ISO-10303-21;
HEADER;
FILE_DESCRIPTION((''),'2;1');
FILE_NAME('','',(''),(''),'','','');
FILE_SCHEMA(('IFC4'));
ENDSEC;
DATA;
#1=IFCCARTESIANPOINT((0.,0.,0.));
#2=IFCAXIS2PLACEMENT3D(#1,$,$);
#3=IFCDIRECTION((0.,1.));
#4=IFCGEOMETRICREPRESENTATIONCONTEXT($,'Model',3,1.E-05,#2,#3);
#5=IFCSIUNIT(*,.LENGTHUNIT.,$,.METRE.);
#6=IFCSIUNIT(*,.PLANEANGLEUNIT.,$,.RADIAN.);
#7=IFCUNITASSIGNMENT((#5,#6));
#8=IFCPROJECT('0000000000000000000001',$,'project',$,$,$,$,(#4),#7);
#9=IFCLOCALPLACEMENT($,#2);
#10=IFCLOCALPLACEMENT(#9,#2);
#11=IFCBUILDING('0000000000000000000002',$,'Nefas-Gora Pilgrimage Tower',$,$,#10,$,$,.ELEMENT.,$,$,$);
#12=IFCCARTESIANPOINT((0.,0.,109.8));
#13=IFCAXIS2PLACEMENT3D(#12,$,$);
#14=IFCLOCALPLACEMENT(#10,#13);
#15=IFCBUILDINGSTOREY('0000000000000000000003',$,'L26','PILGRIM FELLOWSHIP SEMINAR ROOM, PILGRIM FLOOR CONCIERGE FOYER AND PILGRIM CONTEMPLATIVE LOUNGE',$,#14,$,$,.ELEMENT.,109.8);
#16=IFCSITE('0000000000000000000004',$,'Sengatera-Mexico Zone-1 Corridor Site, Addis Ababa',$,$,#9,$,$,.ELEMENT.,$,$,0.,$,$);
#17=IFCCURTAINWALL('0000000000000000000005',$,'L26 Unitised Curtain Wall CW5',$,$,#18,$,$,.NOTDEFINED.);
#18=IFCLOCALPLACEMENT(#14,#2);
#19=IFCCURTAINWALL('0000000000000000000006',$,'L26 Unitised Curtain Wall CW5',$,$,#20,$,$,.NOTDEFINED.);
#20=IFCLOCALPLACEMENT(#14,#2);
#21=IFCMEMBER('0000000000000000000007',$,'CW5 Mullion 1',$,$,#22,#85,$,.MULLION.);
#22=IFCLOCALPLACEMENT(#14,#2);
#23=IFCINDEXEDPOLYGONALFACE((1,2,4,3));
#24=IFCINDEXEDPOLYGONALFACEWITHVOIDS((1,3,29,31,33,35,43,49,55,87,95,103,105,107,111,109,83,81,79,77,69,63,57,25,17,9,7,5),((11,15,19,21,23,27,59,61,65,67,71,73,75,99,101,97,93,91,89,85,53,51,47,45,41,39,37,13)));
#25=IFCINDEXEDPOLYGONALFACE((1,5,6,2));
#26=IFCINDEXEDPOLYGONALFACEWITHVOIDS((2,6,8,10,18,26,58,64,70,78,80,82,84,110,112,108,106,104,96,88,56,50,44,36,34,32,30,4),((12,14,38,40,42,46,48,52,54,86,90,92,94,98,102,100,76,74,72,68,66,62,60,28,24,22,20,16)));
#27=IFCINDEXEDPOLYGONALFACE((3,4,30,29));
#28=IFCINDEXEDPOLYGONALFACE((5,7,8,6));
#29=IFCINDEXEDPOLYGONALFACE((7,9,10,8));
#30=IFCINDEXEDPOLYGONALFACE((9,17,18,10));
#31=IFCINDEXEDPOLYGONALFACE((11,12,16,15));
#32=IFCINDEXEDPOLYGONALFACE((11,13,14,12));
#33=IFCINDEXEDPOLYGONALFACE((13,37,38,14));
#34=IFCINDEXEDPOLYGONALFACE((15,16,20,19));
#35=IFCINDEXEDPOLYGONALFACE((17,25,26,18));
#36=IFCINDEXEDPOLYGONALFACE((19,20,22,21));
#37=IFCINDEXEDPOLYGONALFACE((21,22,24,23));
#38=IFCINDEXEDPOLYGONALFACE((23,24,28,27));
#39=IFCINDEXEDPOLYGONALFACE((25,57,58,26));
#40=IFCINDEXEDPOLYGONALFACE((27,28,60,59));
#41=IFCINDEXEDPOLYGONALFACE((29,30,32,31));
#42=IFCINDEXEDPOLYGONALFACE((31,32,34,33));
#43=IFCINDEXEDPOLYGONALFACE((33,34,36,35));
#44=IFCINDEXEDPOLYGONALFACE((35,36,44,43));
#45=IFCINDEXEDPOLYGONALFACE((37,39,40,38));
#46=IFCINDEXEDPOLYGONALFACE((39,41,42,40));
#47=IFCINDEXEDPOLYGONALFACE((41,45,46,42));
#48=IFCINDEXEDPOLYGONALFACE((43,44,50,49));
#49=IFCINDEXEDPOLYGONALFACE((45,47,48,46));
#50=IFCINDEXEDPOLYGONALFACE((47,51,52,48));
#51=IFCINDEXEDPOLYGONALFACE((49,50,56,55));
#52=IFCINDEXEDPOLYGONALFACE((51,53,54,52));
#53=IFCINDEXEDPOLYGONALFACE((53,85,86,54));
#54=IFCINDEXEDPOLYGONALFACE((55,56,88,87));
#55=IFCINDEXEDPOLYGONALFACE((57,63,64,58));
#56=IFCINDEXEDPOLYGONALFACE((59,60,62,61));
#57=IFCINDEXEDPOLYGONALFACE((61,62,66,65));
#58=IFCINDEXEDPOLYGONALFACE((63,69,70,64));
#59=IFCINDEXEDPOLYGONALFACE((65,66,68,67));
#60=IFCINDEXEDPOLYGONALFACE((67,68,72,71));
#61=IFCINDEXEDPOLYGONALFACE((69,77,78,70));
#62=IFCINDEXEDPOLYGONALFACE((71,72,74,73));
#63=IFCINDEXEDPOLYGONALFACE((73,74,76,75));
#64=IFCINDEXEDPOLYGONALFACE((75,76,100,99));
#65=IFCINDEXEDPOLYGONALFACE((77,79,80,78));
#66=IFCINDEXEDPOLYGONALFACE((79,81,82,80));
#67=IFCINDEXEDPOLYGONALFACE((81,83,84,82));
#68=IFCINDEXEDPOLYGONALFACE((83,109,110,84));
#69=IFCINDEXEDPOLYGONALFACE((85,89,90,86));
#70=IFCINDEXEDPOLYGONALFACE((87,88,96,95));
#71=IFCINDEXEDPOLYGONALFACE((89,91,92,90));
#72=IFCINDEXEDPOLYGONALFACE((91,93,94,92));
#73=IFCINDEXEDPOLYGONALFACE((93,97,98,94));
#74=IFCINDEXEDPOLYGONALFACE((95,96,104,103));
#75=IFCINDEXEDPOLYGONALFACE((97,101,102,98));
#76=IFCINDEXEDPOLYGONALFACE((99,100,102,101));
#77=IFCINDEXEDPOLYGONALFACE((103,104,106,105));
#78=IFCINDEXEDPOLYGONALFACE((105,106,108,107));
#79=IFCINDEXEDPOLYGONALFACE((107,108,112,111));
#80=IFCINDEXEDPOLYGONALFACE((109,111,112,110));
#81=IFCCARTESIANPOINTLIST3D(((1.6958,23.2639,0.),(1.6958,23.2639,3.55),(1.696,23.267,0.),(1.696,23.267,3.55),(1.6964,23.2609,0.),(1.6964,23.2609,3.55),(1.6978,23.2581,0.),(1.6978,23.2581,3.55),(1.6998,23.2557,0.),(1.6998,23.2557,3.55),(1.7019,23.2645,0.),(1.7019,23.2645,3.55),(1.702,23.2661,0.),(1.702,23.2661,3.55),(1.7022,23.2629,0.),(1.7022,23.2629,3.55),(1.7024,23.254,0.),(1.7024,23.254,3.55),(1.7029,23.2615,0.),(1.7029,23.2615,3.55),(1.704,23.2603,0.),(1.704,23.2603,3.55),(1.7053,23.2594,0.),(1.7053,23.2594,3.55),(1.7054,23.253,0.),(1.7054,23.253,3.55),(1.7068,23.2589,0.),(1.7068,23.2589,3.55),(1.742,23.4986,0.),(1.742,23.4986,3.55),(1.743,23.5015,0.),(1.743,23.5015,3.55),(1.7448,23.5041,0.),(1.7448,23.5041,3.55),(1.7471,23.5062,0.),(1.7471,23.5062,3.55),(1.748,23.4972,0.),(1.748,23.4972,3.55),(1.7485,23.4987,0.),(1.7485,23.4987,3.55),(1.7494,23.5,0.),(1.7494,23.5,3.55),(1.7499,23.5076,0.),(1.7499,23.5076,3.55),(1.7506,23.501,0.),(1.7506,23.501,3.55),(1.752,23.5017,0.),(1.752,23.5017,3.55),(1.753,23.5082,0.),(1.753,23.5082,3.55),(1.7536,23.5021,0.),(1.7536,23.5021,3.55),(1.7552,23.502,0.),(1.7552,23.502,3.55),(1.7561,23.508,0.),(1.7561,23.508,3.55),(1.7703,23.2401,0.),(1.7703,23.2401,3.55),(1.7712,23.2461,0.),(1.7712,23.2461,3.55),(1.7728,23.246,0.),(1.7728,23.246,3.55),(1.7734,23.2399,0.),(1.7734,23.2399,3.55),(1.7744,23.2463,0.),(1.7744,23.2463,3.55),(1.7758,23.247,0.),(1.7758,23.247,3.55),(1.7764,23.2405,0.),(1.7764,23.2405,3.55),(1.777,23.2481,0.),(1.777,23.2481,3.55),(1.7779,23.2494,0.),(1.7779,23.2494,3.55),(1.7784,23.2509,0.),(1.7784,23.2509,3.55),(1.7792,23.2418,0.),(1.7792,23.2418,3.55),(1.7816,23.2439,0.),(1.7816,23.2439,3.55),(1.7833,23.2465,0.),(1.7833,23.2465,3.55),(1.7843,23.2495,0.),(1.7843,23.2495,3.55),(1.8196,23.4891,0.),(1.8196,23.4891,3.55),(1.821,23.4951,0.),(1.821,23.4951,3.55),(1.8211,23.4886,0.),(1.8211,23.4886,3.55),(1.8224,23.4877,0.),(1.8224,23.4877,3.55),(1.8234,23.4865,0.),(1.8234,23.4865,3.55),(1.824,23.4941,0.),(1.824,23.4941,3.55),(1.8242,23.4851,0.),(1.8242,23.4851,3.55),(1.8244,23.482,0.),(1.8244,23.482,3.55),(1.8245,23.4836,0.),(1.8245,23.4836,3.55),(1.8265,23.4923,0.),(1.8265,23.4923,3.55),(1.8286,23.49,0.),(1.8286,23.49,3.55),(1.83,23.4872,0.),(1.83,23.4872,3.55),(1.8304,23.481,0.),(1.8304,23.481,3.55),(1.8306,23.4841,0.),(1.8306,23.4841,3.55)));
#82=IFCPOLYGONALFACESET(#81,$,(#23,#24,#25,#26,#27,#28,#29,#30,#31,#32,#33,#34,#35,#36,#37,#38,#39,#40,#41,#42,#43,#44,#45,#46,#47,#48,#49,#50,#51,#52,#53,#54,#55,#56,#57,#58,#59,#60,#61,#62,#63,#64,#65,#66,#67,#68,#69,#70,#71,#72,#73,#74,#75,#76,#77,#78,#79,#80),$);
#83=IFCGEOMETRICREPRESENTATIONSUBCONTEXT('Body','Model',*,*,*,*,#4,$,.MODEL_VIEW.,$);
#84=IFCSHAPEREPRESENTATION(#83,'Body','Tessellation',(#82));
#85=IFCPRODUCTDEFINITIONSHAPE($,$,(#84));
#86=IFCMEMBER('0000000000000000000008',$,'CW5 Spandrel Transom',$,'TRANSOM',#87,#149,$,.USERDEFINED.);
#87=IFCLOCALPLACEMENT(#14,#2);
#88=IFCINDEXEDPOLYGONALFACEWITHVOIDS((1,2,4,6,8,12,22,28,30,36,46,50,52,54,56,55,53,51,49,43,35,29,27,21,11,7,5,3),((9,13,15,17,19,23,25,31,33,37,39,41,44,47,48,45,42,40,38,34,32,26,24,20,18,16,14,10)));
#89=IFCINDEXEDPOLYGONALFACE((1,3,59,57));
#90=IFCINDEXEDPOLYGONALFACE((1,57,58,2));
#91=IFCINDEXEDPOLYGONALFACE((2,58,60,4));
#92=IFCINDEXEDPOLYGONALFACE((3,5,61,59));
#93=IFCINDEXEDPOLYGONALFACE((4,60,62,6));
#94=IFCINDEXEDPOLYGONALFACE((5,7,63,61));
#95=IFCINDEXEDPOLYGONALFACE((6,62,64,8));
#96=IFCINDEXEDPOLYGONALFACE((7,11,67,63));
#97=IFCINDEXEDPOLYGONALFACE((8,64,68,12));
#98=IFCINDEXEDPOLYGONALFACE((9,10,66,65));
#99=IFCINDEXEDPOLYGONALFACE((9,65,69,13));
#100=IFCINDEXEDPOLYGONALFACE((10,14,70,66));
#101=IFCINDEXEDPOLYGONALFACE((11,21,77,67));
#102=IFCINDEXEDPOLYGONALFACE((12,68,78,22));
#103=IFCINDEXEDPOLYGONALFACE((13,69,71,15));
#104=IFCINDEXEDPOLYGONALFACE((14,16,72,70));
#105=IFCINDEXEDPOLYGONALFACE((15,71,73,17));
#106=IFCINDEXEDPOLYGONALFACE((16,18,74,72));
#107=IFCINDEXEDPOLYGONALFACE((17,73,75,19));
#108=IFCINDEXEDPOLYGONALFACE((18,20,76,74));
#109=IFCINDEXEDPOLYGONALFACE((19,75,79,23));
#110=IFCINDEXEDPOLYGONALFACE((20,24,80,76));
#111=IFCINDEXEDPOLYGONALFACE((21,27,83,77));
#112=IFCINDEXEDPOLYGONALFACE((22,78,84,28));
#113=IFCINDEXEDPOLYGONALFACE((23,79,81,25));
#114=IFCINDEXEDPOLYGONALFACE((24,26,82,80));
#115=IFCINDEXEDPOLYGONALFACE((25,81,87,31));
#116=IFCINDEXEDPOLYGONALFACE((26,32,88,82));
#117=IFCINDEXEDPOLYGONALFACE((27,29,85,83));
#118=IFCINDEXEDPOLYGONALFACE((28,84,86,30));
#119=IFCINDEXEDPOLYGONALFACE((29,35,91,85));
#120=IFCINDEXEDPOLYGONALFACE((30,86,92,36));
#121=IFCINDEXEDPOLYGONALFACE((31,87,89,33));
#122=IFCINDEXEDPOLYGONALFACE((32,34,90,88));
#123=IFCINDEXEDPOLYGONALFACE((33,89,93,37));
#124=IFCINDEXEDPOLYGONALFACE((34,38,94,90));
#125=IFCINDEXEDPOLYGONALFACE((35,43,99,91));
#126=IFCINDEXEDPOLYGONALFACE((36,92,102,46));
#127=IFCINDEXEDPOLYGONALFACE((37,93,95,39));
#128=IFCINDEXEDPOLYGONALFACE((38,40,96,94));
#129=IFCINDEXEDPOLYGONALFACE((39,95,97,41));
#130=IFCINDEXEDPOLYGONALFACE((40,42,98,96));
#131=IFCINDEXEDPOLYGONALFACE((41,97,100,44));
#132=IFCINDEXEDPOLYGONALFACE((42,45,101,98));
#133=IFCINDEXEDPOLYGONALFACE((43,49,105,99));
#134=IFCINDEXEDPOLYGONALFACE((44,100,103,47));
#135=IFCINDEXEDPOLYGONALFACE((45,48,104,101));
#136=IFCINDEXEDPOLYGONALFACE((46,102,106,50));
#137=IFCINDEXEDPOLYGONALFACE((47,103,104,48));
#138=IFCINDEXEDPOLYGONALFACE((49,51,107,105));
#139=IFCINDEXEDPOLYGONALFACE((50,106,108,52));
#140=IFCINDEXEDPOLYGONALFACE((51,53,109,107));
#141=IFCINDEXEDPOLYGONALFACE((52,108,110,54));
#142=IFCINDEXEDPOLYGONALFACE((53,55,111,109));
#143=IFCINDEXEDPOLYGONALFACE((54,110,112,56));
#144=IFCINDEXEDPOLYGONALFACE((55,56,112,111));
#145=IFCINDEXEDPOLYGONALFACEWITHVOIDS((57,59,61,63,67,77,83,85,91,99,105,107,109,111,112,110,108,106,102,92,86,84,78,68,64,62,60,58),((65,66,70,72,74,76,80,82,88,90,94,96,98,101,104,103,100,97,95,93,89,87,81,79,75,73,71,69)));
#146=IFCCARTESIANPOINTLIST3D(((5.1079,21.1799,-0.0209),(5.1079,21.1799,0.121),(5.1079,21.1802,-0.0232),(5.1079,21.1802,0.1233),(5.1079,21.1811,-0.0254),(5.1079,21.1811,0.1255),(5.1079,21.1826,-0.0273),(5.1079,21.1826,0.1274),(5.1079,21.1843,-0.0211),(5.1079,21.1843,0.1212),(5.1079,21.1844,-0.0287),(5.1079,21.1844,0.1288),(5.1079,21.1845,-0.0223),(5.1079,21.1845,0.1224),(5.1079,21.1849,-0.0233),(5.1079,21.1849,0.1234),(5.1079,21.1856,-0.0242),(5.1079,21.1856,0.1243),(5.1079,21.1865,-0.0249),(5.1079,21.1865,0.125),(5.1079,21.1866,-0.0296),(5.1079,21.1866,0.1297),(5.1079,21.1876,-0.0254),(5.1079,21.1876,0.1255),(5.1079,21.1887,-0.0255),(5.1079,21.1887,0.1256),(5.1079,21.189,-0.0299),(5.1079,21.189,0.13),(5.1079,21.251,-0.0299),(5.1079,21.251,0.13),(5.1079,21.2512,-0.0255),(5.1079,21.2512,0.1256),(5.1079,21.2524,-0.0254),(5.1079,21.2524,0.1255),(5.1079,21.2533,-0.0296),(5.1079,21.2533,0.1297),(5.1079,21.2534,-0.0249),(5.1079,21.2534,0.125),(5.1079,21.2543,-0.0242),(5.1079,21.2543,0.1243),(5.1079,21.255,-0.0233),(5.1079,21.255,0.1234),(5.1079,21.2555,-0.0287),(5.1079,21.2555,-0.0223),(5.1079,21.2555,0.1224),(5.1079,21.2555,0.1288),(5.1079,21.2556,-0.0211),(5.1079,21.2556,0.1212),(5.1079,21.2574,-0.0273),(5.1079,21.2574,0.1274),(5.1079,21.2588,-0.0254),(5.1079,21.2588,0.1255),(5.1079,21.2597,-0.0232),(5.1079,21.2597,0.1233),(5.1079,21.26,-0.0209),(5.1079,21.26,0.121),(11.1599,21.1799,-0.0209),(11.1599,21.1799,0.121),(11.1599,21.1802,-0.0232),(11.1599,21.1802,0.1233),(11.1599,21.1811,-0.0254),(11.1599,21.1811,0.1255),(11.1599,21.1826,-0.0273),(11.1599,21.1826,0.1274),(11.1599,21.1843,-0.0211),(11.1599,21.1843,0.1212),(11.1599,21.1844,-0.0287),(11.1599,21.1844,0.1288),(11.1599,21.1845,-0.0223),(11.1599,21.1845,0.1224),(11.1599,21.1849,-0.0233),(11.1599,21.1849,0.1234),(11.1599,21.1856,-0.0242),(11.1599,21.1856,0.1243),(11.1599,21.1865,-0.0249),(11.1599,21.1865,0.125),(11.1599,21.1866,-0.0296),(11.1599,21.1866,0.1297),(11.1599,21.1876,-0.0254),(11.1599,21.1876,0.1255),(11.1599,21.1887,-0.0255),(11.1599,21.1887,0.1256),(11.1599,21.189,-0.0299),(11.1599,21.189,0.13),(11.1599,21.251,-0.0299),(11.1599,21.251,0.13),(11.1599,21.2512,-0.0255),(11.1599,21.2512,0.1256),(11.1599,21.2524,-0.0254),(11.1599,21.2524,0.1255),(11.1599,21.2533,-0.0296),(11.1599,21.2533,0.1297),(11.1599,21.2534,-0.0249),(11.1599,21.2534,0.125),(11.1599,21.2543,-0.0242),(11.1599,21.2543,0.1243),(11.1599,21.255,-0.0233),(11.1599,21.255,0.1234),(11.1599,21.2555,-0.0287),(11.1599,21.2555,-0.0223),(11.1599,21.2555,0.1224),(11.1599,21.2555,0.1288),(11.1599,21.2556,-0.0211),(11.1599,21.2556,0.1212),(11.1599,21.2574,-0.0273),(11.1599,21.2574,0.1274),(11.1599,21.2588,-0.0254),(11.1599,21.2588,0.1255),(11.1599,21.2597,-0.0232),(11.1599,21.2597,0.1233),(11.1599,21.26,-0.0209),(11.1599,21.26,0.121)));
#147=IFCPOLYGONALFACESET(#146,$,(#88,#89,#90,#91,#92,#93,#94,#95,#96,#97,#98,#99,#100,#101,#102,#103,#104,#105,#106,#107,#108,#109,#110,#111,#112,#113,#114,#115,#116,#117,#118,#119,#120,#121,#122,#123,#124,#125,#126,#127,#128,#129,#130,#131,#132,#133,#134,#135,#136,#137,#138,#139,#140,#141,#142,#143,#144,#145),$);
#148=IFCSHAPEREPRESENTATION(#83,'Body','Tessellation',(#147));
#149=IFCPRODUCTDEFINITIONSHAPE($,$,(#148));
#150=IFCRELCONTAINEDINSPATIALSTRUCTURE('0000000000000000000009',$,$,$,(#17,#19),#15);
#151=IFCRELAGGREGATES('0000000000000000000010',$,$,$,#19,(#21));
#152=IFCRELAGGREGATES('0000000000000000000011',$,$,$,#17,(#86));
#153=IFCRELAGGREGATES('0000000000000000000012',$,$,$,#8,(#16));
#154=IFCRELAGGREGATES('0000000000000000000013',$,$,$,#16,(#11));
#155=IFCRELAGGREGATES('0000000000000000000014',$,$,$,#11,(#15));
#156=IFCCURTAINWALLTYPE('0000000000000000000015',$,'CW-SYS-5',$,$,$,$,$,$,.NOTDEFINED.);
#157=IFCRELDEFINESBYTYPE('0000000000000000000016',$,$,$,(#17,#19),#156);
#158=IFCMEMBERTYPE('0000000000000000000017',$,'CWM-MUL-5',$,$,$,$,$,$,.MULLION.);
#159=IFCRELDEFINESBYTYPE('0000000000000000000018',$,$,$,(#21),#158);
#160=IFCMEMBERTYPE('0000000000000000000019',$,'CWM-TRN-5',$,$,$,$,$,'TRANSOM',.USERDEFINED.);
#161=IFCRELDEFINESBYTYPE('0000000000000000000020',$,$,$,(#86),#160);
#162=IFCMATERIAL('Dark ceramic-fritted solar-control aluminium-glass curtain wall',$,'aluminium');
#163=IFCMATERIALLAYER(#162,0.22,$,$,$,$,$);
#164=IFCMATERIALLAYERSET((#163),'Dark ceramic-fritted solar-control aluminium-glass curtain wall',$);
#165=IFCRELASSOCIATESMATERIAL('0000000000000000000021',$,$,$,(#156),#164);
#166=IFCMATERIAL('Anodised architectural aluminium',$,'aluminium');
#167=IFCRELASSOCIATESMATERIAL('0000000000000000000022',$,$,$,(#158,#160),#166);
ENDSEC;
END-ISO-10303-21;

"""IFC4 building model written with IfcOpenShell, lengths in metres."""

from ifc_helpers import new_model, si_unit, direction, frame, origin, origin_2d, place, context, subcontext, project, spatial, hollow_rectangle, extrude, source, transform, mapped, material, layer, layer_set, material_profile, profile_set, type_object, element, aggregate, save


model = new_model("IFC4")

# Units and contexts
model_context = context("Model", 3, precision=1e-05, world=origin(), true_north=direction((0.0, 1.0)))
body_context = subcontext(model_context, "Body", "Model", "MODEL_VIEW")
ifc_project = project(units=[si_unit("LENGTHUNIT", "METRE"), si_unit("PLANEANGLEUNIT", "RADIAN")], contexts=[model_context])

# Site, building, storey
site_placement = place(None, origin())
site = spatial("IfcSite", under=ifc_project, at=site_placement, Name="Sengatera-Mexico Zone-1 Corridor Site, Addis Ababa", CompositionType="ELEMENT", RefElevation=0.0)
building_placement = place(site_placement, origin())
building = spatial("IfcBuilding", under=site, at=building_placement, Name="Nefas-Gora Pilgrimage Tower", CompositionType="ELEMENT")
storey_placement = place(building_placement, frame((0.0, 0.0, 109.8)))
storey = spatial("IfcBuildingStorey", under=building, at=storey_placement, Name="L26", Description="PILGRIM FELLOWSHIP SEMINAR ROOM, PILGRIM FLOOR CONCIERGE FOYER AND PILGRIM CONTEMPLATIVE LOUNGE", CompositionType="ELEMENT", Elevation=109.8)

# Curtain wall
ifc_material_1 = material(Name="Dark ceramic-fritted solar-control aluminium-glass curtain wall", Category="aluminium")
ifc_layer_1 = layer(ifc_material_1, 0.22)
ifc_layer_set_1 = layer_set([ifc_layer_1], Name="Dark ceramic-fritted solar-control aluminium-glass curtain wall")
curtain_wall_type_1 = type_object("IfcCurtainWallType", Name="CW-SYS-5", PredefinedType="NOTDEFINED", material=ifc_layer_set_1)
curtain_wall_1_placement = place(storey_placement, origin())
curtain_wall_1 = element("IfcCurtainWall", 1, at=curtain_wall_1_placement, inside=storey, type_object=curtain_wall_type_1, Name="L26 Unitised Curtain Wall CW5", PredefinedType="NOTDEFINED")
ifc_material_2 = material(Name="Anodised architectural aluminium", Category="aluminium")
ifc_material_profile_1 = material_profile(ifc_material_2, hollow_rectangle(XDim=0.0901, YDim=0.26, WallThickness=0.0061, InnerFilletRadius=0.0061, OuterFilletRadius=0.012, at=origin_2d()), Name="ALU MULLION 90x260")
ifc_profile_set_1 = profile_set([ifc_material_profile_1], Name="Anodised architectural aluminium")
member_type_1 = type_object("IfcMemberType", Name="CWM-MUL-5", PredefinedType="MULLION", material=ifc_profile_set_1)
shared_shape_1 = source(origin(), body_context, "Body", "SweptSolid", [
    extrude(hollow_rectangle(XDim=0.0901, YDim=0.26, WallThickness=0.0061, InnerFilletRadius=0.0061, OuterFilletRadius=0.012, at=origin_2d()), origin(), (0.0, 0.0, 1.0), 3.55),
])

# Curtain wall, member
curtain_wall_2_placement = place(storey_placement, origin())
curtain_wall_2 = element("IfcCurtainWall", 2, at=curtain_wall_2_placement, inside=storey, type_object=curtain_wall_type_1, Name="L26 Unitised Curtain Wall CW5", PredefinedType="NOTDEFINED")
member_1_placement = place(storey_placement, frame((1.7632, 23.374, 0.0), z_axis=(0.0, 0.0, 1.0), x_axis=(-0.980783, 0.195102, 0.0)))
member_1 = element("IfcMember", 3, at=member_1_placement, type_object=member_type_1, Name="CW5 Mullion 1", PredefinedType="MULLION", context=body_context, shape_type="MappedRepresentation", body=[
    mapped(shared_shape_1, transform((0.0, 0.0, 0.0), x_axis=(1.0, 0.0, 0.0), y_axis=(0.0, 1.0, 0.0), z_axis=(0.0, 0.0, 1.0), scale=1.0)),
])

# Member
ifc_material_profile_2 = material_profile(ifc_material_2, hollow_rectangle(XDim=0.0801, YDim=0.1599, WallThickness=0.0044, InnerFilletRadius=0.0044, OuterFilletRadius=0.009, at=origin_2d()), Name="ALU TRANSOM 80x160")
ifc_profile_set_2 = profile_set([ifc_material_profile_2], Name="Anodised architectural aluminium")
member_type_2 = type_object("IfcMemberType", Name="CWM-TRN-5", ElementType="TRANSOM", PredefinedType="USERDEFINED", material=ifc_profile_set_2)
shared_shape_2 = source(origin(), body_context, "Body", "SweptSolid", [
    extrude(hollow_rectangle(XDim=0.0801, YDim=0.1599, WallThickness=0.0044, InnerFilletRadius=0.0044, OuterFilletRadius=0.009, at=origin_2d()), origin(), (0.0, 0.0, 1.0), 6.052),
])
member_2_placement = place(storey_placement, frame((11.1599, 21.22, 0.05), z_axis=(-1.0, 0.0, 0.0), x_axis=(0.0, -1.0, 0.0)))
member_2 = element("IfcMember", 4, at=member_2_placement, type_object=member_type_2, Name="CW5 Spandrel Transom", ObjectType="TRANSOM", PredefinedType="USERDEFINED", context=body_context, shape_type="MappedRepresentation", body=[
    mapped(shared_shape_2, transform((0.0, 0.0, 0.0), x_axis=(1.0, 0.0, 0.0), y_axis=(0.0, 1.0, 0.0), z_axis=(0.0, 0.0, 1.0), scale=1.0)),
])

aggregate(curtain_wall_2, [member_1])

aggregate(curtain_wall_1, [member_2])

save(model, "model.ifc")
